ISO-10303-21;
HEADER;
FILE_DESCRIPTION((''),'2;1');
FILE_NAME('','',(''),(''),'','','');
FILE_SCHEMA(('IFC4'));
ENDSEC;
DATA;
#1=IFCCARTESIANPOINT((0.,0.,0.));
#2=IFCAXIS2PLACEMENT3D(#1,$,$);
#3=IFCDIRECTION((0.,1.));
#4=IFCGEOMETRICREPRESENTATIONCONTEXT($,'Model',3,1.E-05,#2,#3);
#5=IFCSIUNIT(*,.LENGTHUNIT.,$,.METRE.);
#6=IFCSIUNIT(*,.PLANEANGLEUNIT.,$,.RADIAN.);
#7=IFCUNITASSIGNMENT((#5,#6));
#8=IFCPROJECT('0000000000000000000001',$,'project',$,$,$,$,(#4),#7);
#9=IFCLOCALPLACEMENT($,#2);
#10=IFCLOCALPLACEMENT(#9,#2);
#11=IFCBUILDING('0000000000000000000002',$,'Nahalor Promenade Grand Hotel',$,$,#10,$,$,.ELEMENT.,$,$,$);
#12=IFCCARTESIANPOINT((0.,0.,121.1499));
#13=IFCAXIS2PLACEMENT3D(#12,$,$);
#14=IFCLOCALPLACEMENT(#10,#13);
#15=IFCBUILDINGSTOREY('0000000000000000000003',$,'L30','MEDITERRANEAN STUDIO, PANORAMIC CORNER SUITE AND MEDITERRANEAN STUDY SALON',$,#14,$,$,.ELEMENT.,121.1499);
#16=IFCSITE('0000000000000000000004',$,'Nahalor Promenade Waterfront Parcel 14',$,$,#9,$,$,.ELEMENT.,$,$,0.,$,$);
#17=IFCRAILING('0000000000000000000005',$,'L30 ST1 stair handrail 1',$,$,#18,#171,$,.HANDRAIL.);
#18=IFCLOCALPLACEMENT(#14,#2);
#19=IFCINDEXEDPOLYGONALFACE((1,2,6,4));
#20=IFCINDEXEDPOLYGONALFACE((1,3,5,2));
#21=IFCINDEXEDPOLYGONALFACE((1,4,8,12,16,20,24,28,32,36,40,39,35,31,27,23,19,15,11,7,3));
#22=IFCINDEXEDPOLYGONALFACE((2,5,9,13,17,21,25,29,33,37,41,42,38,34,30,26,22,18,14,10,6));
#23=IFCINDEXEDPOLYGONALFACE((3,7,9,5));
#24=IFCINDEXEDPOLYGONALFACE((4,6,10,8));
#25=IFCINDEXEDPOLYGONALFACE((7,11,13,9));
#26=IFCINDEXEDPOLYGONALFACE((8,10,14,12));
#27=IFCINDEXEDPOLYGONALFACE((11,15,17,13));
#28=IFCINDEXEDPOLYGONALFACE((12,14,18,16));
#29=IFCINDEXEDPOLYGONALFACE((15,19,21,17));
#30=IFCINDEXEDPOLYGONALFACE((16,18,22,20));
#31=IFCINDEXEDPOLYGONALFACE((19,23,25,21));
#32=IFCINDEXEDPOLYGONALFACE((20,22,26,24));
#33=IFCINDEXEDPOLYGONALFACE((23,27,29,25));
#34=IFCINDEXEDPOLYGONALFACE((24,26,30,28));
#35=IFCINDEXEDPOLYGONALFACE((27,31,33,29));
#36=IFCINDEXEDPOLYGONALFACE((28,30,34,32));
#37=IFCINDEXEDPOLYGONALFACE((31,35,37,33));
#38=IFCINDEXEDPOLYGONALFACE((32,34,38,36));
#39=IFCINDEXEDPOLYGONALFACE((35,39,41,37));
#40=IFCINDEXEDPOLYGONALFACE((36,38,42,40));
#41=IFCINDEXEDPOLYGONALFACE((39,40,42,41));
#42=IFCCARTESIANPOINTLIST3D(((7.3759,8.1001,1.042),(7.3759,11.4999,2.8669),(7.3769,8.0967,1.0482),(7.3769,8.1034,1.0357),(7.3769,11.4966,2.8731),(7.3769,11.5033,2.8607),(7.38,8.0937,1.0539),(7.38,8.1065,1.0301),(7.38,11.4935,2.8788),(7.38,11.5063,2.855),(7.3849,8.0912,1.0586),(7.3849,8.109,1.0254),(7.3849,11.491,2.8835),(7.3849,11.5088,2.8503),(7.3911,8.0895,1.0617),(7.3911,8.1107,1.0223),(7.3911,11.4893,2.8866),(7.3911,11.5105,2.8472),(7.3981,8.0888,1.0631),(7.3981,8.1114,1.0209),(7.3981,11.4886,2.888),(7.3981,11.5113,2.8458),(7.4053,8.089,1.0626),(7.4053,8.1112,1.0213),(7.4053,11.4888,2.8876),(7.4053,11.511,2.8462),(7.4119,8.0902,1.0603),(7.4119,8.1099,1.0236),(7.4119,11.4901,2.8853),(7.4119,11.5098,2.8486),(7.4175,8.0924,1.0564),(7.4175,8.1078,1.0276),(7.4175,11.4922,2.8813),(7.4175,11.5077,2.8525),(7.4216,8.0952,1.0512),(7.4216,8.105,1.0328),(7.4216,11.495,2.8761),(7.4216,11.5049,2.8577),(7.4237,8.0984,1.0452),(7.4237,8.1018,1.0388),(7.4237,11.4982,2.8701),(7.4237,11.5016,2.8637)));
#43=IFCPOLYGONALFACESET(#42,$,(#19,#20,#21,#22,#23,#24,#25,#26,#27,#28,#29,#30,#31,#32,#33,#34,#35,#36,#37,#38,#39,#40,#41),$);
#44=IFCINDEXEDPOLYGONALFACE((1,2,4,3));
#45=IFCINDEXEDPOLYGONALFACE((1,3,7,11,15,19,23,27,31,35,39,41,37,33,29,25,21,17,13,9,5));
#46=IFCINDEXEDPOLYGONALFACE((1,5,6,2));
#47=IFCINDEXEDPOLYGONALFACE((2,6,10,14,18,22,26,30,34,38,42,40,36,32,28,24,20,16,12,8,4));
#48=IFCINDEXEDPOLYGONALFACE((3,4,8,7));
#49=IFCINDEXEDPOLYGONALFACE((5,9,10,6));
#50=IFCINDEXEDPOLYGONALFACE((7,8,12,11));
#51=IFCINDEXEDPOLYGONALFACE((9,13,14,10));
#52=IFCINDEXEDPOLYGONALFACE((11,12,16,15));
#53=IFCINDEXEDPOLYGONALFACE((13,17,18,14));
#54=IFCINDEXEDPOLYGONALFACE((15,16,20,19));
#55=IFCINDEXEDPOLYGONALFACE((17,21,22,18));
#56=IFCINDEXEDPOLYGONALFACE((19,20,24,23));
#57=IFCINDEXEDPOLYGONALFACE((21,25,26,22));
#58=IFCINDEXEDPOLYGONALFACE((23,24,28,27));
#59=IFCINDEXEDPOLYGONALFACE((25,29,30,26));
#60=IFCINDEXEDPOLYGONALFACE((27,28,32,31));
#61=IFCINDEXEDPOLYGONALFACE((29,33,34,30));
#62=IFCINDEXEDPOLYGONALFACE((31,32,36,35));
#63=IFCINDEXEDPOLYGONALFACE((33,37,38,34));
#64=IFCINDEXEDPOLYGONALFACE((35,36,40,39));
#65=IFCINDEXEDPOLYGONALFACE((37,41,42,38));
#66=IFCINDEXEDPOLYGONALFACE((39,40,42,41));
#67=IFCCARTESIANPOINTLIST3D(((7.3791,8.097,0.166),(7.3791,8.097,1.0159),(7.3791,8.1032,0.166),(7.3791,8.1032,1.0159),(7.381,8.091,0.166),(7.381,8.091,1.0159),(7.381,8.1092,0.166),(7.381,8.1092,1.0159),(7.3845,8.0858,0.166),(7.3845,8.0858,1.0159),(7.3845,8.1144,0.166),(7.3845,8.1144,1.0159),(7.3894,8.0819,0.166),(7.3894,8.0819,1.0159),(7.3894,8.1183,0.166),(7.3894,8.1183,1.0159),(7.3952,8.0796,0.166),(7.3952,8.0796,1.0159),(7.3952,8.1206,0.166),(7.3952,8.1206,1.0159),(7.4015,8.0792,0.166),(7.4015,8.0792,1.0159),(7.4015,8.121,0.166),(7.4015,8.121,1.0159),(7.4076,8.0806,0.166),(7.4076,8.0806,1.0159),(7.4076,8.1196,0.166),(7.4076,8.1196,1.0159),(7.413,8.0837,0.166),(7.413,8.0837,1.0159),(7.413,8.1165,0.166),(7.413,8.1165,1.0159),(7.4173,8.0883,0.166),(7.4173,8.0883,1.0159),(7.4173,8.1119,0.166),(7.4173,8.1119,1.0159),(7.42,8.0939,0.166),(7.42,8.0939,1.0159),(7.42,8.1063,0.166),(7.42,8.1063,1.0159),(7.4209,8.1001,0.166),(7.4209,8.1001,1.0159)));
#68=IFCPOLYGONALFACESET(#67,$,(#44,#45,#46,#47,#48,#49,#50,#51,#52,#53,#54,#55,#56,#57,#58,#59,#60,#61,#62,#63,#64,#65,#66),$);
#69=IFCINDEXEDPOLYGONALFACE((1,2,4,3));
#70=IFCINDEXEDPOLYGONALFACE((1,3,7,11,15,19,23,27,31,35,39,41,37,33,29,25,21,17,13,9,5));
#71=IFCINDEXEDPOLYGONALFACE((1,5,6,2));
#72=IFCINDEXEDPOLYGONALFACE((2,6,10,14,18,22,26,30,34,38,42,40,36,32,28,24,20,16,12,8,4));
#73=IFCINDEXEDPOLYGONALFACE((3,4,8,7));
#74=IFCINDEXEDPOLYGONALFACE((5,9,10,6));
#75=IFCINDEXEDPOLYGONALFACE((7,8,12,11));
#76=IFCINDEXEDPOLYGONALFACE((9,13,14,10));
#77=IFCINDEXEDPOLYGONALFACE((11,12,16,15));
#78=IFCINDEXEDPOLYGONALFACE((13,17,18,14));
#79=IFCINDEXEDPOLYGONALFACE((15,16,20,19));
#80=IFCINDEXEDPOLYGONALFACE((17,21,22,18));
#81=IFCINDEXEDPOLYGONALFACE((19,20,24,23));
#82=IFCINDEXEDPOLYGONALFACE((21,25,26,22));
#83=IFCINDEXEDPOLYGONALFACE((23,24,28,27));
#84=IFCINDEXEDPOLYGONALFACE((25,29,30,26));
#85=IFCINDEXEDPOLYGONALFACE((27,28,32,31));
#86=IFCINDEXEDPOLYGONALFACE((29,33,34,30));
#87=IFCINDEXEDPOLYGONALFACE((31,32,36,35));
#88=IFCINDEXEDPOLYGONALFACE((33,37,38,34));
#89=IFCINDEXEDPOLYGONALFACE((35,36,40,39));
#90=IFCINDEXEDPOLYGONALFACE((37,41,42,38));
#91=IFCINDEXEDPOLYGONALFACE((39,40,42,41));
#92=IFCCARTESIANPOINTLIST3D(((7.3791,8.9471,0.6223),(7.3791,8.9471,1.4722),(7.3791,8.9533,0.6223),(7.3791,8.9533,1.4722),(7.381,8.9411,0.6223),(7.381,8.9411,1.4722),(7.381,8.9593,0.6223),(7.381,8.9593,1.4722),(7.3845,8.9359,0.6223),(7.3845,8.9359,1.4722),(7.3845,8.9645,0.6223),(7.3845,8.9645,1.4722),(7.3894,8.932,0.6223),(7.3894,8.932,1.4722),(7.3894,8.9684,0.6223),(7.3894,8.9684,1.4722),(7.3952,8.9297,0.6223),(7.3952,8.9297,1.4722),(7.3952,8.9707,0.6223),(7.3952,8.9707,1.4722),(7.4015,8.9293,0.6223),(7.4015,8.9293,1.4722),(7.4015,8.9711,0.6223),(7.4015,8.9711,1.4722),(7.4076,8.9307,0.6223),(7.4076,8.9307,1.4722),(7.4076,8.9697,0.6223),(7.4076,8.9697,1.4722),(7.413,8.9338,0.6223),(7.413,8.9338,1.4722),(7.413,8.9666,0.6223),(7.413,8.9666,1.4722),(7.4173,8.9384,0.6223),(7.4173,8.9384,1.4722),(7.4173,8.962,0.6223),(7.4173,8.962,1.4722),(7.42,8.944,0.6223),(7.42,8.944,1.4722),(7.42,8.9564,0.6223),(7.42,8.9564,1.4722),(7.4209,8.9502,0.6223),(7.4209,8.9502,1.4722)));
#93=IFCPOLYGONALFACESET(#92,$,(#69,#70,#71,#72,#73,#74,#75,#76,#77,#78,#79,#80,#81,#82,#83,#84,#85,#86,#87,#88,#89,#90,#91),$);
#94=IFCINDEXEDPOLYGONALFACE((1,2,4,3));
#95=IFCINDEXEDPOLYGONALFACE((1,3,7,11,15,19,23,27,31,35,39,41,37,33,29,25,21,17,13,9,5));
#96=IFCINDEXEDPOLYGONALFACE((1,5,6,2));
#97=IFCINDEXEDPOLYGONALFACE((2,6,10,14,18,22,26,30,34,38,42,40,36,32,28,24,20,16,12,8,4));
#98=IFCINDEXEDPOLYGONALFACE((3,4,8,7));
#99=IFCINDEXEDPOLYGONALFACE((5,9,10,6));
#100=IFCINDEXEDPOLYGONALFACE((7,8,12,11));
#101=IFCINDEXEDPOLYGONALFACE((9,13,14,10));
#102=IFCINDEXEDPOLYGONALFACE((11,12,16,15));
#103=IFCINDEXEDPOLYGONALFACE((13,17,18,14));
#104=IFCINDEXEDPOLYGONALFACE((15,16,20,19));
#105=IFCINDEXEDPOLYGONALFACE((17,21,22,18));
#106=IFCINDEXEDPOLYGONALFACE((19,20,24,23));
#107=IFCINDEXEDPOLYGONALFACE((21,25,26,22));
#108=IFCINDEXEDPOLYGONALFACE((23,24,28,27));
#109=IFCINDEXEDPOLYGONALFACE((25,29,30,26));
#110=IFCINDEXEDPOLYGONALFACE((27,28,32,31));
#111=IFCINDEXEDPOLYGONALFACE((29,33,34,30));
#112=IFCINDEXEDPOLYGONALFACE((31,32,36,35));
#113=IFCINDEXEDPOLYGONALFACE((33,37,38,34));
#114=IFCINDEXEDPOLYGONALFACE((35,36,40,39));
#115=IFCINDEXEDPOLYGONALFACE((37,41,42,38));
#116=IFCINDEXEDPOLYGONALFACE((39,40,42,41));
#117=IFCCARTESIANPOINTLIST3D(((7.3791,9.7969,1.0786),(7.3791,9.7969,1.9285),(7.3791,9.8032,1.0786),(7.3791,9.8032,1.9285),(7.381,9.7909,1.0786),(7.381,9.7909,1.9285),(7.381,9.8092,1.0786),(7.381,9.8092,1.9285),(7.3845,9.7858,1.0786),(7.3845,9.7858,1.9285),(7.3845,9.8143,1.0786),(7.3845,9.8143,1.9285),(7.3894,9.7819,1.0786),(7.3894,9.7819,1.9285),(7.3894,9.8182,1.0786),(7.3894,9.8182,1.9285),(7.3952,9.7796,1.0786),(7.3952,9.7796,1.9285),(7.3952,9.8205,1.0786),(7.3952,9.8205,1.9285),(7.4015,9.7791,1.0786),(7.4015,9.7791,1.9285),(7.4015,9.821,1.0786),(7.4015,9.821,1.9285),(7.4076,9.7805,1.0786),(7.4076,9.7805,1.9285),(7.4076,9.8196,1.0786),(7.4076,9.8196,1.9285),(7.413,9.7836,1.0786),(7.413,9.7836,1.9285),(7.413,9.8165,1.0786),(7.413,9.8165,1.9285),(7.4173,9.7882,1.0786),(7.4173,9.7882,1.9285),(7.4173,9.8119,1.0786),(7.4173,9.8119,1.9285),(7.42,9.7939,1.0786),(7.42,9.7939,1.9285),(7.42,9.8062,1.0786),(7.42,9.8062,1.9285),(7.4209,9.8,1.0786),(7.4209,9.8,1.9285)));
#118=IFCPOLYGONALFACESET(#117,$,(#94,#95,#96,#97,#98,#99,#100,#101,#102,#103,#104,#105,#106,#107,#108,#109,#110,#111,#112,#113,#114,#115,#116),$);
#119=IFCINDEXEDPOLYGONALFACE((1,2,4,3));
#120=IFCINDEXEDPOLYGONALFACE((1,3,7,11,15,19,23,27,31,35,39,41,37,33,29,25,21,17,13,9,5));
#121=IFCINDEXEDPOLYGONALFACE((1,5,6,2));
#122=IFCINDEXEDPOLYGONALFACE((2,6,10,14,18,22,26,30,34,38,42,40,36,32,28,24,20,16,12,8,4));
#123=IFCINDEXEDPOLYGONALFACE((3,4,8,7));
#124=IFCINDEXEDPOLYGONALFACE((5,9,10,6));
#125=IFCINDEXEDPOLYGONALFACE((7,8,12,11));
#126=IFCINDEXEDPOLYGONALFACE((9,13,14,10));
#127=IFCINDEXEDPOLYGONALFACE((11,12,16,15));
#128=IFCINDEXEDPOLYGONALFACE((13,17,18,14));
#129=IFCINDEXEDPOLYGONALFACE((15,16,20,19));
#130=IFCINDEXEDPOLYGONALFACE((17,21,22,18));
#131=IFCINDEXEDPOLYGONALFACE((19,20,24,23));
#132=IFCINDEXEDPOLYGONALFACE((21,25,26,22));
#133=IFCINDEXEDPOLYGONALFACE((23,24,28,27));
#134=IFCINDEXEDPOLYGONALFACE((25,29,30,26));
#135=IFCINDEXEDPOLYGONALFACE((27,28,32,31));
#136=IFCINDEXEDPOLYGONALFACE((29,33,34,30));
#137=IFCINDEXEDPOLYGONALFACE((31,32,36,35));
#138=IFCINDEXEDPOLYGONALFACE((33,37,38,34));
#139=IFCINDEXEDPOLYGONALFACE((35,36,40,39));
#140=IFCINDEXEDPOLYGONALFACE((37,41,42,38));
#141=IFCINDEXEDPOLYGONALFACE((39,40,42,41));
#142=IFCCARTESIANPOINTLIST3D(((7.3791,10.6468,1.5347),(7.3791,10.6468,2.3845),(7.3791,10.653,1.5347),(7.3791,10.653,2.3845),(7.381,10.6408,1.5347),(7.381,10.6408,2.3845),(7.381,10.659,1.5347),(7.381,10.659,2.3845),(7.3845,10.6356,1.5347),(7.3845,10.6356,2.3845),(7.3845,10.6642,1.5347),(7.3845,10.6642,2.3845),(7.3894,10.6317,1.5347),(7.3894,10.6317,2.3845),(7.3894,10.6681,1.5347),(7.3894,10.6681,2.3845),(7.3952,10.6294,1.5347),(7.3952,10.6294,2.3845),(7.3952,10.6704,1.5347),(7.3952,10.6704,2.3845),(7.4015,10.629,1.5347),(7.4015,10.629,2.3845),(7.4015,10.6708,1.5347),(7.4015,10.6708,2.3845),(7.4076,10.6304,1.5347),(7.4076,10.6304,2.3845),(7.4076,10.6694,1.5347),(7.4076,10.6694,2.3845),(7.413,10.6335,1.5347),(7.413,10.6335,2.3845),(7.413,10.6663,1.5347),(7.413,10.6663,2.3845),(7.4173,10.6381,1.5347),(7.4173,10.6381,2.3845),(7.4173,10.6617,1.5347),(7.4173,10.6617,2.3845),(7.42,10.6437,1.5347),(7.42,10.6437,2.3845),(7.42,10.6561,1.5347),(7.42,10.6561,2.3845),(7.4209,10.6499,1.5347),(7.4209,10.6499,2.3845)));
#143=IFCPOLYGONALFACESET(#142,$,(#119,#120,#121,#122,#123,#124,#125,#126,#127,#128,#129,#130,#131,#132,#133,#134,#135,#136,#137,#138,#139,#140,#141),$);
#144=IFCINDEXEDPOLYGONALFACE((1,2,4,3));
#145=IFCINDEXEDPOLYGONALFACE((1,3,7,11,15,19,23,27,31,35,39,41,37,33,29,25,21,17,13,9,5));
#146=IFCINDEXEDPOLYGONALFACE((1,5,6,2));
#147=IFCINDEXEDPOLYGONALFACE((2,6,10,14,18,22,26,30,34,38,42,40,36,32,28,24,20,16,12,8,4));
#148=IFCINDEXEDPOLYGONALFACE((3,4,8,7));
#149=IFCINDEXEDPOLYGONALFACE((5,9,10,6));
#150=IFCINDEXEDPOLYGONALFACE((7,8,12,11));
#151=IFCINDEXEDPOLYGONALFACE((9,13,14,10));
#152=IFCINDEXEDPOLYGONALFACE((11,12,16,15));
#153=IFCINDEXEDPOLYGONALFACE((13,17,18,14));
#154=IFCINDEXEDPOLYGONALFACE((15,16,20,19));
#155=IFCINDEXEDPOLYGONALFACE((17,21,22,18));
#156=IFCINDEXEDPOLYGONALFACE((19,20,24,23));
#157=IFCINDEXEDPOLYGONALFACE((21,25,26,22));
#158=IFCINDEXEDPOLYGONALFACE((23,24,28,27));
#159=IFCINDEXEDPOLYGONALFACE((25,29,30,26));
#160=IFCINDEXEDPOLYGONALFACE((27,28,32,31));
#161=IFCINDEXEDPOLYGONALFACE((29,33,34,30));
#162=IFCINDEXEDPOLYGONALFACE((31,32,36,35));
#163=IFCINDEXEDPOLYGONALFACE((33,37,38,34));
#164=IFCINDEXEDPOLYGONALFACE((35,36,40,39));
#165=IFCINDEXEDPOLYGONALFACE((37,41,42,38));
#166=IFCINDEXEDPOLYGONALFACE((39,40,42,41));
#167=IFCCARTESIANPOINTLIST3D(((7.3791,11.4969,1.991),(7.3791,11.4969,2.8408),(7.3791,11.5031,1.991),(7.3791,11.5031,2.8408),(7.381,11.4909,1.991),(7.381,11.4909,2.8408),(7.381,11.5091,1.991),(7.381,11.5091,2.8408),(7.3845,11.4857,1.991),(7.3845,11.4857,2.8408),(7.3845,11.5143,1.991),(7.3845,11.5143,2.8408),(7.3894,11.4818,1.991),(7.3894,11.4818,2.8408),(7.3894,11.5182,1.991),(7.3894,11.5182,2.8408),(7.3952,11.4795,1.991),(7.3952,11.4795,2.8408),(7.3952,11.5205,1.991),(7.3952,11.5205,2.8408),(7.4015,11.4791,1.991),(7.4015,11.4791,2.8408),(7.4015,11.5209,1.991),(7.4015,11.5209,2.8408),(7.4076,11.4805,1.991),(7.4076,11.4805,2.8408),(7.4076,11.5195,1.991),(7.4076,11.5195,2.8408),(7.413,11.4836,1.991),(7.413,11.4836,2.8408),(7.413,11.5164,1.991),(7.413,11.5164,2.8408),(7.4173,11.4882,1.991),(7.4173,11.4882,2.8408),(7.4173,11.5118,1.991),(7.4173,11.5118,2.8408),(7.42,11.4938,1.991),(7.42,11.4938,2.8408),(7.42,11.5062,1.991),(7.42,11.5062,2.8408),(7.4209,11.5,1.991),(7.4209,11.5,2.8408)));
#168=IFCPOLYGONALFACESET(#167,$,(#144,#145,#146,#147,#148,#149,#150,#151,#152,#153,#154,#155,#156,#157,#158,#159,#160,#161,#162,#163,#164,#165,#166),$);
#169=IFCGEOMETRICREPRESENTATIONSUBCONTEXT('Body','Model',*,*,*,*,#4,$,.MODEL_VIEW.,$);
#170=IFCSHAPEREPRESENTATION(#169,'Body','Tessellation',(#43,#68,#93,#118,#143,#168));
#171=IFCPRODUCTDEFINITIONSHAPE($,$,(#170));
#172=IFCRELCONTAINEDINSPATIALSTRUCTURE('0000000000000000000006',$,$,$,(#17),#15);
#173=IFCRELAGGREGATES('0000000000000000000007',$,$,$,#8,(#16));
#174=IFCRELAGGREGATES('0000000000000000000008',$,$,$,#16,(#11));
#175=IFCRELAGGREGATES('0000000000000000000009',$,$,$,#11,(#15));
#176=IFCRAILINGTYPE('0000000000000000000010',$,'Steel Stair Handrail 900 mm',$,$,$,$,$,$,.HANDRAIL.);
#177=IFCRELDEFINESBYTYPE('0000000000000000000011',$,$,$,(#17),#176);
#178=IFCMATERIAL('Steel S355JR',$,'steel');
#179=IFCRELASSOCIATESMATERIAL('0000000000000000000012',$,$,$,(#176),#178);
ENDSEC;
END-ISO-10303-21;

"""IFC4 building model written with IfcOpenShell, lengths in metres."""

from ifc_helpers import new_model, si_unit, direction, frame, origin, origin_2d, place, context, subcontext, project, spatial, circle, extrude, material, type_object, element, save


model = new_model("IFC4")

# Units and contexts
model_context = context("Model", 3, precision=1e-05, world=origin(), true_north=direction((0.0, 1.0)))
body_context = subcontext(model_context, "Body", "Model", "MODEL_VIEW")
ifc_project = project(units=[si_unit("LENGTHUNIT", "METRE"), si_unit("PLANEANGLEUNIT", "RADIAN")], contexts=[model_context])

# Site, building, storey
site_placement = place(None, origin())
site = spatial("IfcSite", under=ifc_project, at=site_placement, Name="Nahalor Promenade Waterfront Parcel 14", CompositionType="ELEMENT", RefElevation=0.0)
building_placement = place(site_placement, origin())
building = spatial("IfcBuilding", under=site, at=building_placement, Name="Nahalor Promenade Grand Hotel", CompositionType="ELEMENT")
storey_placement = place(building_placement, frame((0.0, 0.0, 121.1499)))
storey = spatial("IfcBuildingStorey", under=building, at=storey_placement, Name="L30", Description="MEDITERRANEAN STUDIO, PANORAMIC CORNER SUITE AND MEDITERRANEAN STUDY SALON", CompositionType="ELEMENT", Elevation=121.1499)

# Shared definitions
ifc_material_1 = material(Name="Steel S355JR", Category="steel")

# Railing
railing_type_1 = type_object("IfcRailingType", Name="Steel Stair Handrail 900 mm", PredefinedType="HANDRAIL", material=ifc_material_1)
railing_1_placement = place(storey_placement, frame((7.3999, 8.1001, 0.166)))
element("IfcRailing", 1, at=railing_1_placement, inside=storey, type_object=railing_type_1, Name="L30 ST1 stair handrail 1", PredefinedType="HANDRAIL", context=body_context, shape_type="SweptSolid", body=[
    extrude(circle(Radius=0.024, at=origin_2d()), frame((0.0, 0.0, 0.876), z_axis=(0.0, 0.881094, 0.472941), x_axis=(-1.0, 0.0, 0.0)), (0.0, 0.0, 1.0), 3.8586),
    extrude(circle(Radius=0.021, at=origin_2d()), origin(), (0.0, 0.0, 1.0), 0.8499),
    extrude(circle(Radius=0.021, at=origin_2d()), frame((0.0, 0.8501, 0.4563)), (0.0, 0.0, 1.0), 0.8499),
    extrude(circle(Radius=0.021, at=origin_2d()), frame((0.0, 1.7, 0.9126)), (0.0, 0.0, 1.0), 0.8499),
    extrude(circle(Radius=0.021, at=origin_2d()), frame((0.0, 2.5498, 1.3687)), (0.0, 0.0, 1.0), 0.8499),
    extrude(circle(Radius=0.021, at=origin_2d()), frame((0.0, 3.3999, 1.825)), (0.0, 0.0, 1.0), 0.8499),
])

save(model, "model.ifc")
